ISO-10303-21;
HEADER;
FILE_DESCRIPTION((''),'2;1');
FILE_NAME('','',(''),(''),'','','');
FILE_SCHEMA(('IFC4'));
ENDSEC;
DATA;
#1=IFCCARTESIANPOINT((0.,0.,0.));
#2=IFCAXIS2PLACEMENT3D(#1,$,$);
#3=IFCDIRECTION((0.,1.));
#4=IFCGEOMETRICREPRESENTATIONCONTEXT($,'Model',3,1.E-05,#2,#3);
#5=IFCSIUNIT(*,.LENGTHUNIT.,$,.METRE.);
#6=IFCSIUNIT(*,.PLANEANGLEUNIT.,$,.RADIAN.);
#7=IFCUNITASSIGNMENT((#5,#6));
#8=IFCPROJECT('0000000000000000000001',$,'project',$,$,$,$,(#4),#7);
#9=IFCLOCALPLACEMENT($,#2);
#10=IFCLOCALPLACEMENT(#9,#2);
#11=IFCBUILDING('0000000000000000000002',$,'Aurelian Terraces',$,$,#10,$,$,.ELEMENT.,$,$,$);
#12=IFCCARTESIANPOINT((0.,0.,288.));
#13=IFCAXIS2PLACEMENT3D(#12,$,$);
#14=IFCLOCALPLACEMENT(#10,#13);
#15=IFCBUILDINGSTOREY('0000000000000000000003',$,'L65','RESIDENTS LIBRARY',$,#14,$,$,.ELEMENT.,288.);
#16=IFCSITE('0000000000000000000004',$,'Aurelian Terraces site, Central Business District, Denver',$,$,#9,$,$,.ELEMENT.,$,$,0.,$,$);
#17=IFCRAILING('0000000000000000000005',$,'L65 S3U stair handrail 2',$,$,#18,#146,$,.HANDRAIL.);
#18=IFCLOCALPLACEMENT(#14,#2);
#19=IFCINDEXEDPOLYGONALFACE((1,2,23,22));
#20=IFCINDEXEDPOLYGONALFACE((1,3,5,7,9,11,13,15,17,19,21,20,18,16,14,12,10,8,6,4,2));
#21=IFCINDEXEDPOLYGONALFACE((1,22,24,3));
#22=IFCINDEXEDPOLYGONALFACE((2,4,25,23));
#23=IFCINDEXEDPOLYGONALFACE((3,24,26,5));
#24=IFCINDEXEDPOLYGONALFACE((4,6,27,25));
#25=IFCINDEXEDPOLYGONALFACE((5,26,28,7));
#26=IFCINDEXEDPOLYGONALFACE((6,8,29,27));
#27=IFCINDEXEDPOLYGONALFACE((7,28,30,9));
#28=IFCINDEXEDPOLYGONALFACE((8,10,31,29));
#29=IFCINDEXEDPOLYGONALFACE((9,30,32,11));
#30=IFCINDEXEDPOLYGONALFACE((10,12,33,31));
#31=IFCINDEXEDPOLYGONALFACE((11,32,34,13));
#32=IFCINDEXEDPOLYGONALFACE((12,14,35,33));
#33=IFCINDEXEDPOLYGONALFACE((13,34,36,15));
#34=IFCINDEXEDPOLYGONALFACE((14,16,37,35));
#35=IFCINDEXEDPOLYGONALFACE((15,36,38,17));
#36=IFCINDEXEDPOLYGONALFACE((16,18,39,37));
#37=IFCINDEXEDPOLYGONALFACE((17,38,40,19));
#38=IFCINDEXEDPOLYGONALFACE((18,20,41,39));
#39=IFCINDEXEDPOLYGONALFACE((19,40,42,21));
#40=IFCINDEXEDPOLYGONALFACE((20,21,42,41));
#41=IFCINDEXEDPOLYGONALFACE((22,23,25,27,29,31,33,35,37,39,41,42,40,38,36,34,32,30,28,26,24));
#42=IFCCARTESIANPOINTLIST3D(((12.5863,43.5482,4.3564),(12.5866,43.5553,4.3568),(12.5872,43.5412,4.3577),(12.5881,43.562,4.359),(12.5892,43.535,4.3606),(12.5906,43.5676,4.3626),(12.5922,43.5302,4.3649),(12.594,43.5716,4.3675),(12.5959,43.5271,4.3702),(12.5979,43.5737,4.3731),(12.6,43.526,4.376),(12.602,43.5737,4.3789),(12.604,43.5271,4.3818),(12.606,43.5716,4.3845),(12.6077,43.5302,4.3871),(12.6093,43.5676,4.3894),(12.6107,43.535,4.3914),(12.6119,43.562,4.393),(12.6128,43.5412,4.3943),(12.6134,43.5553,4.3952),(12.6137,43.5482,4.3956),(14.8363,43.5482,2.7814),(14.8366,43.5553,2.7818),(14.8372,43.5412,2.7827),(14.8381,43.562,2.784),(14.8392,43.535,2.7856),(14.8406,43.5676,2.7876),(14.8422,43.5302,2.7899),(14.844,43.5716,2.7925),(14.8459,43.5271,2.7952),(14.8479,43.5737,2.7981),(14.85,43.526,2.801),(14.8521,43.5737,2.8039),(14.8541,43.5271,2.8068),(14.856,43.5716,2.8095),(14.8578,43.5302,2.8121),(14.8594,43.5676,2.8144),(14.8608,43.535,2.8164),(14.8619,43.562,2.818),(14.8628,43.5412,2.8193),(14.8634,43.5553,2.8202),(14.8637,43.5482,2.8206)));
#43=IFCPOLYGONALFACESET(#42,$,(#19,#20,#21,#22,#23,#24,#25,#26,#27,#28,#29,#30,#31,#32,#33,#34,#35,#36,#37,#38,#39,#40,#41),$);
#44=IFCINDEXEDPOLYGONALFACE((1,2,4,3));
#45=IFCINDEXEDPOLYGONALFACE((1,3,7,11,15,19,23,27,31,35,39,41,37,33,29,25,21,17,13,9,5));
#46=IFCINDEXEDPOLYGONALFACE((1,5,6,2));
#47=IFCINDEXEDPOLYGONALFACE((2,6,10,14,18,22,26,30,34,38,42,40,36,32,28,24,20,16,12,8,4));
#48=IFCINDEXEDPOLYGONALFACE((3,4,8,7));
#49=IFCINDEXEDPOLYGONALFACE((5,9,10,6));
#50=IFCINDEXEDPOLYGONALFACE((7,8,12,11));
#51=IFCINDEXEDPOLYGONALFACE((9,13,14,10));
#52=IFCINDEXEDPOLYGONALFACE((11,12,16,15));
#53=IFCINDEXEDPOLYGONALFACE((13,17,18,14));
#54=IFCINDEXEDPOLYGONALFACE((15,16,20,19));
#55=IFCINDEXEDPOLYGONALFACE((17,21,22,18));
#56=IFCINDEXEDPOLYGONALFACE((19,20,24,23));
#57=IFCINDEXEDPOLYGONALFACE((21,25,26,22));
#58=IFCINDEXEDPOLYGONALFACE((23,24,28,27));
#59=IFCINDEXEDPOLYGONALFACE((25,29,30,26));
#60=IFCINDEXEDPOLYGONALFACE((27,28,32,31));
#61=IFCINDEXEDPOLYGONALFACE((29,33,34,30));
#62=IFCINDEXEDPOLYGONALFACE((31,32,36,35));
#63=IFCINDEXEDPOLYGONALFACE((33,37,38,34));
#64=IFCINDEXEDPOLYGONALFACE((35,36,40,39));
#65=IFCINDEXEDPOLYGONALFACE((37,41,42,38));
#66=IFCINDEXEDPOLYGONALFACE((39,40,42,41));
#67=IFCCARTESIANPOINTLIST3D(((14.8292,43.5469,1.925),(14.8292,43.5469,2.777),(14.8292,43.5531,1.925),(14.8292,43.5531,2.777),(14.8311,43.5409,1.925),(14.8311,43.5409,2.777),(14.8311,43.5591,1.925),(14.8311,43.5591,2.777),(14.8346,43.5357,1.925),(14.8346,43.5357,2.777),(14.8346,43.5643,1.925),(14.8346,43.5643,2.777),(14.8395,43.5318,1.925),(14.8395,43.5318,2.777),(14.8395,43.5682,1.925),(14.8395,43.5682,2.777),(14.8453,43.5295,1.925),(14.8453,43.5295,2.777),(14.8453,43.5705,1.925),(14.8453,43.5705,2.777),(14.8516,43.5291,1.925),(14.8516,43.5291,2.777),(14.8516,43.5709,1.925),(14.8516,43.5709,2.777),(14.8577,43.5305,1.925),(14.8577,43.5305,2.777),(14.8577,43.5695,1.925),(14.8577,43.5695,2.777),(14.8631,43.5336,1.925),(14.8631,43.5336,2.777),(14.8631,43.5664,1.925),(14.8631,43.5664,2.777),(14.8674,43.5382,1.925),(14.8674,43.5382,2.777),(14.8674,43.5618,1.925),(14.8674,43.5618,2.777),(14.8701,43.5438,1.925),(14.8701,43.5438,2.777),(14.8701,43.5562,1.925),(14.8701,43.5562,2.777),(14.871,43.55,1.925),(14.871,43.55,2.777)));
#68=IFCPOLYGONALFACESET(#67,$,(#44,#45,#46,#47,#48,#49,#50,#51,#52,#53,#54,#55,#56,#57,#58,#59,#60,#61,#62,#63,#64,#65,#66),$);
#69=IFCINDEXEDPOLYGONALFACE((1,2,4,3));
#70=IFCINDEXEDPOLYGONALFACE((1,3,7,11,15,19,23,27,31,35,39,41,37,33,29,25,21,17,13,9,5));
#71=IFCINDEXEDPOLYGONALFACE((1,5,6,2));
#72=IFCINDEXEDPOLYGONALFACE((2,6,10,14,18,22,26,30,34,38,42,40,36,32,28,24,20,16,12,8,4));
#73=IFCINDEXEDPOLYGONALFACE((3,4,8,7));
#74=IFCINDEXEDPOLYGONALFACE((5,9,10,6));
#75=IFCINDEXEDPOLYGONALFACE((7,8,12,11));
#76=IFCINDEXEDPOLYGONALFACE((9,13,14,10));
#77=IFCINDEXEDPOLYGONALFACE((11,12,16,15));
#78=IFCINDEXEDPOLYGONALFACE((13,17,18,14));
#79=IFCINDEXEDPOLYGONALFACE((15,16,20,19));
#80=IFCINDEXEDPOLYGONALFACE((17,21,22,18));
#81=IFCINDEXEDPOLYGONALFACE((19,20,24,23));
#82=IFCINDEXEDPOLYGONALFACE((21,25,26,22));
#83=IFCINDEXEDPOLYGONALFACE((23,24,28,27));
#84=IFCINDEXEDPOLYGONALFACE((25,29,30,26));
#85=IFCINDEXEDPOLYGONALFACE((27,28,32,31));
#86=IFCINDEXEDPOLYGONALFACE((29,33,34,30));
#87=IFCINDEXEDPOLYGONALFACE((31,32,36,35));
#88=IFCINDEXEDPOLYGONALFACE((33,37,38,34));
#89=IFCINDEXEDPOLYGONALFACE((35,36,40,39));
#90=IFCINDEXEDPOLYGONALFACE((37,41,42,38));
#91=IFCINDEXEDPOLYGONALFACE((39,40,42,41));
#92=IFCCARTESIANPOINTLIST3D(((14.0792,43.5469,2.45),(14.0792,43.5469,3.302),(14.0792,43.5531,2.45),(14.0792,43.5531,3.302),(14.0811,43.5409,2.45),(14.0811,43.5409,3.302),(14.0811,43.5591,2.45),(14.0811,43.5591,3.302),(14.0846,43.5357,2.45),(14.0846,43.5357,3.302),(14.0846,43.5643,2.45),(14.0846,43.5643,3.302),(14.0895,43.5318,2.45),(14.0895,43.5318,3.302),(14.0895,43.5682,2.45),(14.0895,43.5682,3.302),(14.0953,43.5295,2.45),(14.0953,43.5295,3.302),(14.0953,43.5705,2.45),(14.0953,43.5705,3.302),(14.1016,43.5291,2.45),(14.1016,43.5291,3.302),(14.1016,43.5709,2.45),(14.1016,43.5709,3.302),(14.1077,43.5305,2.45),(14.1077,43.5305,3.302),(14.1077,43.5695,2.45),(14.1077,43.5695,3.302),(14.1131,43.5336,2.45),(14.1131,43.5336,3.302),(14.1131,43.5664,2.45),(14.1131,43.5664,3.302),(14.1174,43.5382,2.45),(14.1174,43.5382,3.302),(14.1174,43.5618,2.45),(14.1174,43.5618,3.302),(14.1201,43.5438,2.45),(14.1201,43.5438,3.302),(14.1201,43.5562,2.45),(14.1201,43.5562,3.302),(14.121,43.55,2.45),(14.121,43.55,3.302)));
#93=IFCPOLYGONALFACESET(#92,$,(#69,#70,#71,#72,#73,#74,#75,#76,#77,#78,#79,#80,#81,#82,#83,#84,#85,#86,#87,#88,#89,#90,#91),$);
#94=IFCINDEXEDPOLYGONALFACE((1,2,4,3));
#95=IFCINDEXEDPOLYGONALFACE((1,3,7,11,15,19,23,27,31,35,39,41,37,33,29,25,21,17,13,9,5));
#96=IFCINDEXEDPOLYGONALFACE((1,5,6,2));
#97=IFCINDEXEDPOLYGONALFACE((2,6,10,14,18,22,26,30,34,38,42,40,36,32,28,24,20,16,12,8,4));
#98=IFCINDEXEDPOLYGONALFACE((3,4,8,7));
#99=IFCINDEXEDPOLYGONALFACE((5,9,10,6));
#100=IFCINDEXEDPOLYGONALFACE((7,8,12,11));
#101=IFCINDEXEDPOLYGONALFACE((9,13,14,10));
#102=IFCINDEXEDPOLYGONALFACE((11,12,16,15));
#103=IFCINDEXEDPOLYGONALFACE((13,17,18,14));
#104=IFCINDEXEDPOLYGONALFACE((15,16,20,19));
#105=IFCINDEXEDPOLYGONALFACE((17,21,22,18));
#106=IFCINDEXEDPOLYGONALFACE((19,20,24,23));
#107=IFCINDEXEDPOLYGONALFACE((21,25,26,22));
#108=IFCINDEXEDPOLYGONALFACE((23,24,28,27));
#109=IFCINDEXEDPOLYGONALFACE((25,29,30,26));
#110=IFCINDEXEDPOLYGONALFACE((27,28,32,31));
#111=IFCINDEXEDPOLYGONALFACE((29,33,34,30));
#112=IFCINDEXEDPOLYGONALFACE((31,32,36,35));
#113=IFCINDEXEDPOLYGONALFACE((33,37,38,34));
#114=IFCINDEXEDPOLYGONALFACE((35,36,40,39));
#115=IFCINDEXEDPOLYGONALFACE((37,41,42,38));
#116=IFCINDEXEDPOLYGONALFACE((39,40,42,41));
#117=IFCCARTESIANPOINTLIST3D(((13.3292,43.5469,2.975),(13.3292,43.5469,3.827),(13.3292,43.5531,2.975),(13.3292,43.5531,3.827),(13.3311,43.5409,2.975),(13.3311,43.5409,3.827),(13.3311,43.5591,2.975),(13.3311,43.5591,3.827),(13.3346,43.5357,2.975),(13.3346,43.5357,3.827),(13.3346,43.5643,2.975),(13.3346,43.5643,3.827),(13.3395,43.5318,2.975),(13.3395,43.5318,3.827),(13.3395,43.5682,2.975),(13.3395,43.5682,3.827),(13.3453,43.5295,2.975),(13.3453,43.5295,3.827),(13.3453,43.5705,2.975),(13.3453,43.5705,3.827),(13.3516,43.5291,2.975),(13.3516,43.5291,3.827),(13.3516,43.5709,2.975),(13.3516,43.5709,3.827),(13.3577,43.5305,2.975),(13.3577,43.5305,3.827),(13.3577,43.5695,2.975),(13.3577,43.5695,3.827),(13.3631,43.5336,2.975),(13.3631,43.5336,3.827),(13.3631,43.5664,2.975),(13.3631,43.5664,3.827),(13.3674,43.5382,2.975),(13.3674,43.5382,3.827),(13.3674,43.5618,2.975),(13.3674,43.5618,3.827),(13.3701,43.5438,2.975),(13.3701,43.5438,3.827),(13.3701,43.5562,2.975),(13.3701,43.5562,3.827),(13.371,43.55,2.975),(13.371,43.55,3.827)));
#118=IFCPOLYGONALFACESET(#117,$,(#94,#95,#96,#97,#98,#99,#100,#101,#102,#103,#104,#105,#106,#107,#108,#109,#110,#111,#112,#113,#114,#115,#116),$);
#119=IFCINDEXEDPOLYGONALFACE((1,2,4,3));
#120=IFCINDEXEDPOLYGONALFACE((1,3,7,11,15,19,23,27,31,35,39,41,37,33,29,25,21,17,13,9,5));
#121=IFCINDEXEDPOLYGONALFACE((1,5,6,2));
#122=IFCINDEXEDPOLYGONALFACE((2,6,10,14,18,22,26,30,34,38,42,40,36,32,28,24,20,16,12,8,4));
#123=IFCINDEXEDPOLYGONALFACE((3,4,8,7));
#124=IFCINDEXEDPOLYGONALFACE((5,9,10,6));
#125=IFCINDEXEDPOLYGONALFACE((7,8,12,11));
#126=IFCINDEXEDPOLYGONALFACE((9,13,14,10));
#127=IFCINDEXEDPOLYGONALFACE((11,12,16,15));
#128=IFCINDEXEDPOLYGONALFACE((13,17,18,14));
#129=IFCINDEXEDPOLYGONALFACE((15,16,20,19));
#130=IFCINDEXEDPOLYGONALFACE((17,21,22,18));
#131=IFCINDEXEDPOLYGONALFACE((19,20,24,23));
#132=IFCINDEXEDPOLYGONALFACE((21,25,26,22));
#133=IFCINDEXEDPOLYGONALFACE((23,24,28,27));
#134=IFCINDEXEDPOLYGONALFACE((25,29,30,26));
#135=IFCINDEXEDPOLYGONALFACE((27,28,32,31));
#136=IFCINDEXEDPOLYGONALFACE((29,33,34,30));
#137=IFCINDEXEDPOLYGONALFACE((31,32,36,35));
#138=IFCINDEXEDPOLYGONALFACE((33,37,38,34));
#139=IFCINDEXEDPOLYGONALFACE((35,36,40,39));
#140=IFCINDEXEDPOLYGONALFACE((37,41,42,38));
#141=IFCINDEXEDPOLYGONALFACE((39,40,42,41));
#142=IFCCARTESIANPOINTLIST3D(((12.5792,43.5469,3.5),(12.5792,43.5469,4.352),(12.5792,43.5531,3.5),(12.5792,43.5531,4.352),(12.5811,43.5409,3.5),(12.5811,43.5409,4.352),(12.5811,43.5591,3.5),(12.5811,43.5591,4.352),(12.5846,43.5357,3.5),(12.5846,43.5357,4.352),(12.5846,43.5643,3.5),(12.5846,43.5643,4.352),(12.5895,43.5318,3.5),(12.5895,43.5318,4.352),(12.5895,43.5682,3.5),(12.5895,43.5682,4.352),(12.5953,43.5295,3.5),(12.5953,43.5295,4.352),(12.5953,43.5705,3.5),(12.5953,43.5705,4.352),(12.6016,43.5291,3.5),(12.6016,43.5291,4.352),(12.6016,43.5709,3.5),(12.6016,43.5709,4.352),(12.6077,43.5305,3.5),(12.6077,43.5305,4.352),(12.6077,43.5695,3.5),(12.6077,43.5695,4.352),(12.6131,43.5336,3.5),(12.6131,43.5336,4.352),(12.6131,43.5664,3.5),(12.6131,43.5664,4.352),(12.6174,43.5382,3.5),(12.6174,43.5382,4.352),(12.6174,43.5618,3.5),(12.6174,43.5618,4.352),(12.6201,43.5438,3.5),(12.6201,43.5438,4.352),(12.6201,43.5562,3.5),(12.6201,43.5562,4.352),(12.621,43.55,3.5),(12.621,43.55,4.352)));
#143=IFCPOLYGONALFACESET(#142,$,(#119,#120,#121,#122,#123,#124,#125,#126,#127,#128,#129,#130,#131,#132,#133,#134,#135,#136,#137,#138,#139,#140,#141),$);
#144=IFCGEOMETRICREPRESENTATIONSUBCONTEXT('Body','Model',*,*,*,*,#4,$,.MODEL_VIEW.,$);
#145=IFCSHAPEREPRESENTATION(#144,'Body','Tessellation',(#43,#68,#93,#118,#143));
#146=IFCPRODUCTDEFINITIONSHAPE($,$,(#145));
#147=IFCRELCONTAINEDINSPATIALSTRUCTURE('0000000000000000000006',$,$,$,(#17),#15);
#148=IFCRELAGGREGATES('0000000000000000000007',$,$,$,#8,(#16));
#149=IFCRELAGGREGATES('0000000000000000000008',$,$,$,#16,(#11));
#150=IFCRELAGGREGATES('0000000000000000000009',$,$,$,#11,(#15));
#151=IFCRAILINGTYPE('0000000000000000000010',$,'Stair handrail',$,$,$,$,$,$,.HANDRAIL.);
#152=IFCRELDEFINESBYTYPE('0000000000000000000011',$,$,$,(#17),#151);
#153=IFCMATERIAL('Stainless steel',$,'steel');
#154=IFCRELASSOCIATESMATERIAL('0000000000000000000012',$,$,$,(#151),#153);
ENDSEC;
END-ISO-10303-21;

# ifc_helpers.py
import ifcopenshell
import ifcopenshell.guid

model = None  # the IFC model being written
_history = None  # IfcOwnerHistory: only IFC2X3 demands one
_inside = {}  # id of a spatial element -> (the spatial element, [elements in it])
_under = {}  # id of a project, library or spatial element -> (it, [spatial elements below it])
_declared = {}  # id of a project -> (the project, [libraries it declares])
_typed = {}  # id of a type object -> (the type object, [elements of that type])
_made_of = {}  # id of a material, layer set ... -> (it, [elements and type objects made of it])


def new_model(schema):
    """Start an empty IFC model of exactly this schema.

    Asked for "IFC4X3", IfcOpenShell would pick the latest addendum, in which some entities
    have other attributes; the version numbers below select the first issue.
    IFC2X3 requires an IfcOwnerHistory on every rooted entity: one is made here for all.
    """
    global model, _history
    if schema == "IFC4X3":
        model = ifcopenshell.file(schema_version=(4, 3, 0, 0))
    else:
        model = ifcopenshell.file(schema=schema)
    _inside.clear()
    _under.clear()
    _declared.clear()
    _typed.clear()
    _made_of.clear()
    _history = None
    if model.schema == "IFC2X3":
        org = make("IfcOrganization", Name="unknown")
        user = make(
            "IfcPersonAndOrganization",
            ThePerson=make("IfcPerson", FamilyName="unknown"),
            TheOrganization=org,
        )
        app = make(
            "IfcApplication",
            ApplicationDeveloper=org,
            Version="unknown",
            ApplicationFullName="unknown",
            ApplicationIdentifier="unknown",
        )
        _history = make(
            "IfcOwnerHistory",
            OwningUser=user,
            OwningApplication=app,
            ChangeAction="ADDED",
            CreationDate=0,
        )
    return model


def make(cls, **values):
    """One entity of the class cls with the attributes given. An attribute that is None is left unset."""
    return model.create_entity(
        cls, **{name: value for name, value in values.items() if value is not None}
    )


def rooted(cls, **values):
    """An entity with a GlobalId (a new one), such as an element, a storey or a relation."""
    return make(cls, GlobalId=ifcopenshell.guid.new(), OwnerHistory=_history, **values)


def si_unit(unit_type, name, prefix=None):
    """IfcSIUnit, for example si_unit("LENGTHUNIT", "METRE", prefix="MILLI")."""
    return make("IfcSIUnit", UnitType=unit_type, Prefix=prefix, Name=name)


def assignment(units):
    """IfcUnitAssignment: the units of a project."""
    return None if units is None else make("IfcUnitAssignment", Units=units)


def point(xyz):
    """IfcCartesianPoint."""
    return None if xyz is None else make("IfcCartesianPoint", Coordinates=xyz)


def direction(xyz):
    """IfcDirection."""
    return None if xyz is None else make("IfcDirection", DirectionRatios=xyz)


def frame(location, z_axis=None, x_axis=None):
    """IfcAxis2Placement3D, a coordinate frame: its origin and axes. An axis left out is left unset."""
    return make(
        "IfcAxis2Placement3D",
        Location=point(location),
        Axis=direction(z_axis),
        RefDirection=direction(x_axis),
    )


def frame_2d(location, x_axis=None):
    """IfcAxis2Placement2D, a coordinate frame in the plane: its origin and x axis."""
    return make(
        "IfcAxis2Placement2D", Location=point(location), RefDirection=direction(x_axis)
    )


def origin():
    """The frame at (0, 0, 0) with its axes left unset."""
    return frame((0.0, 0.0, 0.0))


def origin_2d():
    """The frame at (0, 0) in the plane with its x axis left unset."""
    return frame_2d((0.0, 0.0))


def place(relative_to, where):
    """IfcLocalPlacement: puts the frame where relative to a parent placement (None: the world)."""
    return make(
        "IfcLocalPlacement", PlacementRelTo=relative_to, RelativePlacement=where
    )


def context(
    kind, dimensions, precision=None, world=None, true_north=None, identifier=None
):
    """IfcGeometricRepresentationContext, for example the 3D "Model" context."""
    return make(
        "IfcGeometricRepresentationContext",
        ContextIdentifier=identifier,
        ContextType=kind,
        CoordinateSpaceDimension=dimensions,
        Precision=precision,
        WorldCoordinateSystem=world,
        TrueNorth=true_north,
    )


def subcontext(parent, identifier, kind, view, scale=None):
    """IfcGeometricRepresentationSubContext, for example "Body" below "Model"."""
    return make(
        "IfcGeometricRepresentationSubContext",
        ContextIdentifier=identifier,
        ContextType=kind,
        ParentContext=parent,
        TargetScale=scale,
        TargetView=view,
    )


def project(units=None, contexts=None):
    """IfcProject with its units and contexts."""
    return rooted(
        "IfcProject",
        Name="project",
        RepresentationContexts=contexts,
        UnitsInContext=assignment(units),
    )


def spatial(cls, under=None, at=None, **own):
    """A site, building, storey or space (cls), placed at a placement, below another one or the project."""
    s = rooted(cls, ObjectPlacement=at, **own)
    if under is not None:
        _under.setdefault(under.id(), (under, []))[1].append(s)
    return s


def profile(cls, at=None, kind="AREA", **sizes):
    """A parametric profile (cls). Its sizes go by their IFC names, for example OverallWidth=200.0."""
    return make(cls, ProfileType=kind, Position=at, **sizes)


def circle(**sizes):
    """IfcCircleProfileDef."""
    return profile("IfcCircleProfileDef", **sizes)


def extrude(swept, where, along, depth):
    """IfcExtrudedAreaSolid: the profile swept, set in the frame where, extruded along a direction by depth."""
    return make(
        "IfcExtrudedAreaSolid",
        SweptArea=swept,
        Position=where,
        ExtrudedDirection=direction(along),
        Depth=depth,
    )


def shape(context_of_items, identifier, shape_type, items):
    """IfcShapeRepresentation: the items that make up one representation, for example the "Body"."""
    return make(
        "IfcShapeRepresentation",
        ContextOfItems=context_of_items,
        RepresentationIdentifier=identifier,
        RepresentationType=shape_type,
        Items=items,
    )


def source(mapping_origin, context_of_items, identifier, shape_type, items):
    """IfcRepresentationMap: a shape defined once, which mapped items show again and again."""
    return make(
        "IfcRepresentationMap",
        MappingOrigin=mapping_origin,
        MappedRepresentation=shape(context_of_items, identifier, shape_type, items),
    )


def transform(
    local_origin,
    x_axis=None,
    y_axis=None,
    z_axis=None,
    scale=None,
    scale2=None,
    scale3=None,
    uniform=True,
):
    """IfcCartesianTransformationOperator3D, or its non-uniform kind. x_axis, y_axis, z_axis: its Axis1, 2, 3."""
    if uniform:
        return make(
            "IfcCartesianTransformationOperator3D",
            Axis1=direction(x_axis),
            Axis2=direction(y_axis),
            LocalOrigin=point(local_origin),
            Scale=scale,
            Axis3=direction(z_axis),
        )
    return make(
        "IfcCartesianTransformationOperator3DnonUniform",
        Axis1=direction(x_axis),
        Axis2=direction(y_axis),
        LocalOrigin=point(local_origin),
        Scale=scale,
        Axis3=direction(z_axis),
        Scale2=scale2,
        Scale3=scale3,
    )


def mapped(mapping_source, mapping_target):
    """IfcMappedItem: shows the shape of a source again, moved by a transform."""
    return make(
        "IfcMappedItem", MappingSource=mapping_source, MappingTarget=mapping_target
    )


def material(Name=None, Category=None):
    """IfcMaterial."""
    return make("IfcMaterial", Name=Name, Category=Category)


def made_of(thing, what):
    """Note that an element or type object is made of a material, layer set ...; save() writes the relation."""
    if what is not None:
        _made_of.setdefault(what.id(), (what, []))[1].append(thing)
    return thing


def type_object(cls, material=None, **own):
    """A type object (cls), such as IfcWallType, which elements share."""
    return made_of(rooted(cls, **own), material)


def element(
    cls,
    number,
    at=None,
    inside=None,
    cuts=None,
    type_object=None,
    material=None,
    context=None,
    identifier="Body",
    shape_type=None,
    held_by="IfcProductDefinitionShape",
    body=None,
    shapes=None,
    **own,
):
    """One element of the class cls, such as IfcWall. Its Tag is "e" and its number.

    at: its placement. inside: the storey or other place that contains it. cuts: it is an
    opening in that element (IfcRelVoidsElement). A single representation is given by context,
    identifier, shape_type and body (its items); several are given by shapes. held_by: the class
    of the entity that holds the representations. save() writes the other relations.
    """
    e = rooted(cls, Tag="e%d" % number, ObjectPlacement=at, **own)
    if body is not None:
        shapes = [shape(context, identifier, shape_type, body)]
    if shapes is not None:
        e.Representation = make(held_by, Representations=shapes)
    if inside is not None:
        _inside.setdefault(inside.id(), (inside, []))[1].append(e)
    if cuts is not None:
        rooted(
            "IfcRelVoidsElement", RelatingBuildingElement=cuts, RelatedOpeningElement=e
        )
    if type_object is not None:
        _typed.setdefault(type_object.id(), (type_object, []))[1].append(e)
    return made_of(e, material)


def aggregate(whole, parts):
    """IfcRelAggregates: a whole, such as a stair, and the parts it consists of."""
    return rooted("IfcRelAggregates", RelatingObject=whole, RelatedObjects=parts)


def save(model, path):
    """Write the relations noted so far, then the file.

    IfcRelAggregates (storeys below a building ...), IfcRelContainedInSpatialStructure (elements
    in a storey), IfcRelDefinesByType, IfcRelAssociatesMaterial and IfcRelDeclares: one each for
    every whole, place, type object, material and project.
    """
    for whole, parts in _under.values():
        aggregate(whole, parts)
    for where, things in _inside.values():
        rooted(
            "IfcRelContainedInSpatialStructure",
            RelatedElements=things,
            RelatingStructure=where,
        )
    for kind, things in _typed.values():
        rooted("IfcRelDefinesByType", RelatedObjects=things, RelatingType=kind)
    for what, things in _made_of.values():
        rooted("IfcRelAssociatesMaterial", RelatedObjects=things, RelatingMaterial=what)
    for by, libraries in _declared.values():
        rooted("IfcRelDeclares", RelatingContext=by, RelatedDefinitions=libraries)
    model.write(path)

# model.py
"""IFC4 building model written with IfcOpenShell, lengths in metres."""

from ifc_helpers import new_model, si_unit, direction, frame, origin, origin_2d, place, context, subcontext, project, spatial, circle, extrude, source, transform, mapped, material, type_object, element, save


model = new_model("IFC4")

# Units and contexts
model_context = context("Model", 3, precision=1e-05, world=origin(), true_north=direction((0.0, 1.0)))
body_context = subcontext(model_context, "Body", "Model", "MODEL_VIEW")
ifc_project = project(units=[si_unit("LENGTHUNIT", "METRE"), si_unit("PLANEANGLEUNIT", "RADIAN")], contexts=[model_context])

# Site, building, storey
site_placement = place(None, origin())
site = spatial("IfcSite", under=ifc_project, at=site_placement, Name="Aurelian Terraces site, Central Business District, Denver", CompositionType="ELEMENT", RefElevation=0.0)
building_placement = place(site_placement, origin())
building = spatial("IfcBuilding", under=site, at=building_placement, Name="Aurelian Terraces", CompositionType="ELEMENT")
storey_placement = place(building_placement, frame((0.0, 0.0, 288.0)))
storey = spatial("IfcBuildingStorey", under=building, at=storey_placement, Name="L65", Description="RESIDENTS LIBRARY", CompositionType="ELEMENT", Elevation=288.0)

# Railing
ifc_material_1 = material(Name="Stainless steel", Category="steel")
railing_type_1 = type_object("IfcRailingType", Name="Stair handrail", PredefinedType="HANDRAIL", material=ifc_material_1)
shared_shape_1 = source(origin(), body_context, "Body", "SweptSolid", [
    extrude(circle(Radius=0.024, at=origin_2d()), frame((0.0, 0.0, 0.876), z_axis=(-0.819232, 0.0, 0.573462), x_axis=(0.0, -1.0, 0.0)), (0.0, 0.0, 1.0), 2.7465),
    extrude(circle(Radius=0.021, at=origin_2d()), origin(), (0.0, 0.0, 1.0), 0.852),
    extrude(circle(Radius=0.021, at=origin_2d()), frame((-0.75, 0.0, 0.525)), (0.0, 0.0, 1.0), 0.852),
    extrude(circle(Radius=0.021, at=origin_2d()), frame((-1.5, 0.0, 1.05)), (0.0, 0.0, 1.0), 0.852),
    extrude(circle(Radius=0.021, at=origin_2d()), frame((-2.25, 0.0, 1.575)), (0.0, 0.0, 1.0), 0.852),
])
railing_1_placement = place(storey_placement, frame((14.85, 43.55, 1.925)))
element("IfcRailing", 1, at=railing_1_placement, inside=storey, type_object=railing_type_1, Name="L65 S3U stair handrail 2", PredefinedType="HANDRAIL", context=body_context, shape_type="MappedRepresentation", body=[
    mapped(shared_shape_1, transform((0.0, 0.0, 0.0), scale=1.0)),
])

save(model, "model.ifc")
